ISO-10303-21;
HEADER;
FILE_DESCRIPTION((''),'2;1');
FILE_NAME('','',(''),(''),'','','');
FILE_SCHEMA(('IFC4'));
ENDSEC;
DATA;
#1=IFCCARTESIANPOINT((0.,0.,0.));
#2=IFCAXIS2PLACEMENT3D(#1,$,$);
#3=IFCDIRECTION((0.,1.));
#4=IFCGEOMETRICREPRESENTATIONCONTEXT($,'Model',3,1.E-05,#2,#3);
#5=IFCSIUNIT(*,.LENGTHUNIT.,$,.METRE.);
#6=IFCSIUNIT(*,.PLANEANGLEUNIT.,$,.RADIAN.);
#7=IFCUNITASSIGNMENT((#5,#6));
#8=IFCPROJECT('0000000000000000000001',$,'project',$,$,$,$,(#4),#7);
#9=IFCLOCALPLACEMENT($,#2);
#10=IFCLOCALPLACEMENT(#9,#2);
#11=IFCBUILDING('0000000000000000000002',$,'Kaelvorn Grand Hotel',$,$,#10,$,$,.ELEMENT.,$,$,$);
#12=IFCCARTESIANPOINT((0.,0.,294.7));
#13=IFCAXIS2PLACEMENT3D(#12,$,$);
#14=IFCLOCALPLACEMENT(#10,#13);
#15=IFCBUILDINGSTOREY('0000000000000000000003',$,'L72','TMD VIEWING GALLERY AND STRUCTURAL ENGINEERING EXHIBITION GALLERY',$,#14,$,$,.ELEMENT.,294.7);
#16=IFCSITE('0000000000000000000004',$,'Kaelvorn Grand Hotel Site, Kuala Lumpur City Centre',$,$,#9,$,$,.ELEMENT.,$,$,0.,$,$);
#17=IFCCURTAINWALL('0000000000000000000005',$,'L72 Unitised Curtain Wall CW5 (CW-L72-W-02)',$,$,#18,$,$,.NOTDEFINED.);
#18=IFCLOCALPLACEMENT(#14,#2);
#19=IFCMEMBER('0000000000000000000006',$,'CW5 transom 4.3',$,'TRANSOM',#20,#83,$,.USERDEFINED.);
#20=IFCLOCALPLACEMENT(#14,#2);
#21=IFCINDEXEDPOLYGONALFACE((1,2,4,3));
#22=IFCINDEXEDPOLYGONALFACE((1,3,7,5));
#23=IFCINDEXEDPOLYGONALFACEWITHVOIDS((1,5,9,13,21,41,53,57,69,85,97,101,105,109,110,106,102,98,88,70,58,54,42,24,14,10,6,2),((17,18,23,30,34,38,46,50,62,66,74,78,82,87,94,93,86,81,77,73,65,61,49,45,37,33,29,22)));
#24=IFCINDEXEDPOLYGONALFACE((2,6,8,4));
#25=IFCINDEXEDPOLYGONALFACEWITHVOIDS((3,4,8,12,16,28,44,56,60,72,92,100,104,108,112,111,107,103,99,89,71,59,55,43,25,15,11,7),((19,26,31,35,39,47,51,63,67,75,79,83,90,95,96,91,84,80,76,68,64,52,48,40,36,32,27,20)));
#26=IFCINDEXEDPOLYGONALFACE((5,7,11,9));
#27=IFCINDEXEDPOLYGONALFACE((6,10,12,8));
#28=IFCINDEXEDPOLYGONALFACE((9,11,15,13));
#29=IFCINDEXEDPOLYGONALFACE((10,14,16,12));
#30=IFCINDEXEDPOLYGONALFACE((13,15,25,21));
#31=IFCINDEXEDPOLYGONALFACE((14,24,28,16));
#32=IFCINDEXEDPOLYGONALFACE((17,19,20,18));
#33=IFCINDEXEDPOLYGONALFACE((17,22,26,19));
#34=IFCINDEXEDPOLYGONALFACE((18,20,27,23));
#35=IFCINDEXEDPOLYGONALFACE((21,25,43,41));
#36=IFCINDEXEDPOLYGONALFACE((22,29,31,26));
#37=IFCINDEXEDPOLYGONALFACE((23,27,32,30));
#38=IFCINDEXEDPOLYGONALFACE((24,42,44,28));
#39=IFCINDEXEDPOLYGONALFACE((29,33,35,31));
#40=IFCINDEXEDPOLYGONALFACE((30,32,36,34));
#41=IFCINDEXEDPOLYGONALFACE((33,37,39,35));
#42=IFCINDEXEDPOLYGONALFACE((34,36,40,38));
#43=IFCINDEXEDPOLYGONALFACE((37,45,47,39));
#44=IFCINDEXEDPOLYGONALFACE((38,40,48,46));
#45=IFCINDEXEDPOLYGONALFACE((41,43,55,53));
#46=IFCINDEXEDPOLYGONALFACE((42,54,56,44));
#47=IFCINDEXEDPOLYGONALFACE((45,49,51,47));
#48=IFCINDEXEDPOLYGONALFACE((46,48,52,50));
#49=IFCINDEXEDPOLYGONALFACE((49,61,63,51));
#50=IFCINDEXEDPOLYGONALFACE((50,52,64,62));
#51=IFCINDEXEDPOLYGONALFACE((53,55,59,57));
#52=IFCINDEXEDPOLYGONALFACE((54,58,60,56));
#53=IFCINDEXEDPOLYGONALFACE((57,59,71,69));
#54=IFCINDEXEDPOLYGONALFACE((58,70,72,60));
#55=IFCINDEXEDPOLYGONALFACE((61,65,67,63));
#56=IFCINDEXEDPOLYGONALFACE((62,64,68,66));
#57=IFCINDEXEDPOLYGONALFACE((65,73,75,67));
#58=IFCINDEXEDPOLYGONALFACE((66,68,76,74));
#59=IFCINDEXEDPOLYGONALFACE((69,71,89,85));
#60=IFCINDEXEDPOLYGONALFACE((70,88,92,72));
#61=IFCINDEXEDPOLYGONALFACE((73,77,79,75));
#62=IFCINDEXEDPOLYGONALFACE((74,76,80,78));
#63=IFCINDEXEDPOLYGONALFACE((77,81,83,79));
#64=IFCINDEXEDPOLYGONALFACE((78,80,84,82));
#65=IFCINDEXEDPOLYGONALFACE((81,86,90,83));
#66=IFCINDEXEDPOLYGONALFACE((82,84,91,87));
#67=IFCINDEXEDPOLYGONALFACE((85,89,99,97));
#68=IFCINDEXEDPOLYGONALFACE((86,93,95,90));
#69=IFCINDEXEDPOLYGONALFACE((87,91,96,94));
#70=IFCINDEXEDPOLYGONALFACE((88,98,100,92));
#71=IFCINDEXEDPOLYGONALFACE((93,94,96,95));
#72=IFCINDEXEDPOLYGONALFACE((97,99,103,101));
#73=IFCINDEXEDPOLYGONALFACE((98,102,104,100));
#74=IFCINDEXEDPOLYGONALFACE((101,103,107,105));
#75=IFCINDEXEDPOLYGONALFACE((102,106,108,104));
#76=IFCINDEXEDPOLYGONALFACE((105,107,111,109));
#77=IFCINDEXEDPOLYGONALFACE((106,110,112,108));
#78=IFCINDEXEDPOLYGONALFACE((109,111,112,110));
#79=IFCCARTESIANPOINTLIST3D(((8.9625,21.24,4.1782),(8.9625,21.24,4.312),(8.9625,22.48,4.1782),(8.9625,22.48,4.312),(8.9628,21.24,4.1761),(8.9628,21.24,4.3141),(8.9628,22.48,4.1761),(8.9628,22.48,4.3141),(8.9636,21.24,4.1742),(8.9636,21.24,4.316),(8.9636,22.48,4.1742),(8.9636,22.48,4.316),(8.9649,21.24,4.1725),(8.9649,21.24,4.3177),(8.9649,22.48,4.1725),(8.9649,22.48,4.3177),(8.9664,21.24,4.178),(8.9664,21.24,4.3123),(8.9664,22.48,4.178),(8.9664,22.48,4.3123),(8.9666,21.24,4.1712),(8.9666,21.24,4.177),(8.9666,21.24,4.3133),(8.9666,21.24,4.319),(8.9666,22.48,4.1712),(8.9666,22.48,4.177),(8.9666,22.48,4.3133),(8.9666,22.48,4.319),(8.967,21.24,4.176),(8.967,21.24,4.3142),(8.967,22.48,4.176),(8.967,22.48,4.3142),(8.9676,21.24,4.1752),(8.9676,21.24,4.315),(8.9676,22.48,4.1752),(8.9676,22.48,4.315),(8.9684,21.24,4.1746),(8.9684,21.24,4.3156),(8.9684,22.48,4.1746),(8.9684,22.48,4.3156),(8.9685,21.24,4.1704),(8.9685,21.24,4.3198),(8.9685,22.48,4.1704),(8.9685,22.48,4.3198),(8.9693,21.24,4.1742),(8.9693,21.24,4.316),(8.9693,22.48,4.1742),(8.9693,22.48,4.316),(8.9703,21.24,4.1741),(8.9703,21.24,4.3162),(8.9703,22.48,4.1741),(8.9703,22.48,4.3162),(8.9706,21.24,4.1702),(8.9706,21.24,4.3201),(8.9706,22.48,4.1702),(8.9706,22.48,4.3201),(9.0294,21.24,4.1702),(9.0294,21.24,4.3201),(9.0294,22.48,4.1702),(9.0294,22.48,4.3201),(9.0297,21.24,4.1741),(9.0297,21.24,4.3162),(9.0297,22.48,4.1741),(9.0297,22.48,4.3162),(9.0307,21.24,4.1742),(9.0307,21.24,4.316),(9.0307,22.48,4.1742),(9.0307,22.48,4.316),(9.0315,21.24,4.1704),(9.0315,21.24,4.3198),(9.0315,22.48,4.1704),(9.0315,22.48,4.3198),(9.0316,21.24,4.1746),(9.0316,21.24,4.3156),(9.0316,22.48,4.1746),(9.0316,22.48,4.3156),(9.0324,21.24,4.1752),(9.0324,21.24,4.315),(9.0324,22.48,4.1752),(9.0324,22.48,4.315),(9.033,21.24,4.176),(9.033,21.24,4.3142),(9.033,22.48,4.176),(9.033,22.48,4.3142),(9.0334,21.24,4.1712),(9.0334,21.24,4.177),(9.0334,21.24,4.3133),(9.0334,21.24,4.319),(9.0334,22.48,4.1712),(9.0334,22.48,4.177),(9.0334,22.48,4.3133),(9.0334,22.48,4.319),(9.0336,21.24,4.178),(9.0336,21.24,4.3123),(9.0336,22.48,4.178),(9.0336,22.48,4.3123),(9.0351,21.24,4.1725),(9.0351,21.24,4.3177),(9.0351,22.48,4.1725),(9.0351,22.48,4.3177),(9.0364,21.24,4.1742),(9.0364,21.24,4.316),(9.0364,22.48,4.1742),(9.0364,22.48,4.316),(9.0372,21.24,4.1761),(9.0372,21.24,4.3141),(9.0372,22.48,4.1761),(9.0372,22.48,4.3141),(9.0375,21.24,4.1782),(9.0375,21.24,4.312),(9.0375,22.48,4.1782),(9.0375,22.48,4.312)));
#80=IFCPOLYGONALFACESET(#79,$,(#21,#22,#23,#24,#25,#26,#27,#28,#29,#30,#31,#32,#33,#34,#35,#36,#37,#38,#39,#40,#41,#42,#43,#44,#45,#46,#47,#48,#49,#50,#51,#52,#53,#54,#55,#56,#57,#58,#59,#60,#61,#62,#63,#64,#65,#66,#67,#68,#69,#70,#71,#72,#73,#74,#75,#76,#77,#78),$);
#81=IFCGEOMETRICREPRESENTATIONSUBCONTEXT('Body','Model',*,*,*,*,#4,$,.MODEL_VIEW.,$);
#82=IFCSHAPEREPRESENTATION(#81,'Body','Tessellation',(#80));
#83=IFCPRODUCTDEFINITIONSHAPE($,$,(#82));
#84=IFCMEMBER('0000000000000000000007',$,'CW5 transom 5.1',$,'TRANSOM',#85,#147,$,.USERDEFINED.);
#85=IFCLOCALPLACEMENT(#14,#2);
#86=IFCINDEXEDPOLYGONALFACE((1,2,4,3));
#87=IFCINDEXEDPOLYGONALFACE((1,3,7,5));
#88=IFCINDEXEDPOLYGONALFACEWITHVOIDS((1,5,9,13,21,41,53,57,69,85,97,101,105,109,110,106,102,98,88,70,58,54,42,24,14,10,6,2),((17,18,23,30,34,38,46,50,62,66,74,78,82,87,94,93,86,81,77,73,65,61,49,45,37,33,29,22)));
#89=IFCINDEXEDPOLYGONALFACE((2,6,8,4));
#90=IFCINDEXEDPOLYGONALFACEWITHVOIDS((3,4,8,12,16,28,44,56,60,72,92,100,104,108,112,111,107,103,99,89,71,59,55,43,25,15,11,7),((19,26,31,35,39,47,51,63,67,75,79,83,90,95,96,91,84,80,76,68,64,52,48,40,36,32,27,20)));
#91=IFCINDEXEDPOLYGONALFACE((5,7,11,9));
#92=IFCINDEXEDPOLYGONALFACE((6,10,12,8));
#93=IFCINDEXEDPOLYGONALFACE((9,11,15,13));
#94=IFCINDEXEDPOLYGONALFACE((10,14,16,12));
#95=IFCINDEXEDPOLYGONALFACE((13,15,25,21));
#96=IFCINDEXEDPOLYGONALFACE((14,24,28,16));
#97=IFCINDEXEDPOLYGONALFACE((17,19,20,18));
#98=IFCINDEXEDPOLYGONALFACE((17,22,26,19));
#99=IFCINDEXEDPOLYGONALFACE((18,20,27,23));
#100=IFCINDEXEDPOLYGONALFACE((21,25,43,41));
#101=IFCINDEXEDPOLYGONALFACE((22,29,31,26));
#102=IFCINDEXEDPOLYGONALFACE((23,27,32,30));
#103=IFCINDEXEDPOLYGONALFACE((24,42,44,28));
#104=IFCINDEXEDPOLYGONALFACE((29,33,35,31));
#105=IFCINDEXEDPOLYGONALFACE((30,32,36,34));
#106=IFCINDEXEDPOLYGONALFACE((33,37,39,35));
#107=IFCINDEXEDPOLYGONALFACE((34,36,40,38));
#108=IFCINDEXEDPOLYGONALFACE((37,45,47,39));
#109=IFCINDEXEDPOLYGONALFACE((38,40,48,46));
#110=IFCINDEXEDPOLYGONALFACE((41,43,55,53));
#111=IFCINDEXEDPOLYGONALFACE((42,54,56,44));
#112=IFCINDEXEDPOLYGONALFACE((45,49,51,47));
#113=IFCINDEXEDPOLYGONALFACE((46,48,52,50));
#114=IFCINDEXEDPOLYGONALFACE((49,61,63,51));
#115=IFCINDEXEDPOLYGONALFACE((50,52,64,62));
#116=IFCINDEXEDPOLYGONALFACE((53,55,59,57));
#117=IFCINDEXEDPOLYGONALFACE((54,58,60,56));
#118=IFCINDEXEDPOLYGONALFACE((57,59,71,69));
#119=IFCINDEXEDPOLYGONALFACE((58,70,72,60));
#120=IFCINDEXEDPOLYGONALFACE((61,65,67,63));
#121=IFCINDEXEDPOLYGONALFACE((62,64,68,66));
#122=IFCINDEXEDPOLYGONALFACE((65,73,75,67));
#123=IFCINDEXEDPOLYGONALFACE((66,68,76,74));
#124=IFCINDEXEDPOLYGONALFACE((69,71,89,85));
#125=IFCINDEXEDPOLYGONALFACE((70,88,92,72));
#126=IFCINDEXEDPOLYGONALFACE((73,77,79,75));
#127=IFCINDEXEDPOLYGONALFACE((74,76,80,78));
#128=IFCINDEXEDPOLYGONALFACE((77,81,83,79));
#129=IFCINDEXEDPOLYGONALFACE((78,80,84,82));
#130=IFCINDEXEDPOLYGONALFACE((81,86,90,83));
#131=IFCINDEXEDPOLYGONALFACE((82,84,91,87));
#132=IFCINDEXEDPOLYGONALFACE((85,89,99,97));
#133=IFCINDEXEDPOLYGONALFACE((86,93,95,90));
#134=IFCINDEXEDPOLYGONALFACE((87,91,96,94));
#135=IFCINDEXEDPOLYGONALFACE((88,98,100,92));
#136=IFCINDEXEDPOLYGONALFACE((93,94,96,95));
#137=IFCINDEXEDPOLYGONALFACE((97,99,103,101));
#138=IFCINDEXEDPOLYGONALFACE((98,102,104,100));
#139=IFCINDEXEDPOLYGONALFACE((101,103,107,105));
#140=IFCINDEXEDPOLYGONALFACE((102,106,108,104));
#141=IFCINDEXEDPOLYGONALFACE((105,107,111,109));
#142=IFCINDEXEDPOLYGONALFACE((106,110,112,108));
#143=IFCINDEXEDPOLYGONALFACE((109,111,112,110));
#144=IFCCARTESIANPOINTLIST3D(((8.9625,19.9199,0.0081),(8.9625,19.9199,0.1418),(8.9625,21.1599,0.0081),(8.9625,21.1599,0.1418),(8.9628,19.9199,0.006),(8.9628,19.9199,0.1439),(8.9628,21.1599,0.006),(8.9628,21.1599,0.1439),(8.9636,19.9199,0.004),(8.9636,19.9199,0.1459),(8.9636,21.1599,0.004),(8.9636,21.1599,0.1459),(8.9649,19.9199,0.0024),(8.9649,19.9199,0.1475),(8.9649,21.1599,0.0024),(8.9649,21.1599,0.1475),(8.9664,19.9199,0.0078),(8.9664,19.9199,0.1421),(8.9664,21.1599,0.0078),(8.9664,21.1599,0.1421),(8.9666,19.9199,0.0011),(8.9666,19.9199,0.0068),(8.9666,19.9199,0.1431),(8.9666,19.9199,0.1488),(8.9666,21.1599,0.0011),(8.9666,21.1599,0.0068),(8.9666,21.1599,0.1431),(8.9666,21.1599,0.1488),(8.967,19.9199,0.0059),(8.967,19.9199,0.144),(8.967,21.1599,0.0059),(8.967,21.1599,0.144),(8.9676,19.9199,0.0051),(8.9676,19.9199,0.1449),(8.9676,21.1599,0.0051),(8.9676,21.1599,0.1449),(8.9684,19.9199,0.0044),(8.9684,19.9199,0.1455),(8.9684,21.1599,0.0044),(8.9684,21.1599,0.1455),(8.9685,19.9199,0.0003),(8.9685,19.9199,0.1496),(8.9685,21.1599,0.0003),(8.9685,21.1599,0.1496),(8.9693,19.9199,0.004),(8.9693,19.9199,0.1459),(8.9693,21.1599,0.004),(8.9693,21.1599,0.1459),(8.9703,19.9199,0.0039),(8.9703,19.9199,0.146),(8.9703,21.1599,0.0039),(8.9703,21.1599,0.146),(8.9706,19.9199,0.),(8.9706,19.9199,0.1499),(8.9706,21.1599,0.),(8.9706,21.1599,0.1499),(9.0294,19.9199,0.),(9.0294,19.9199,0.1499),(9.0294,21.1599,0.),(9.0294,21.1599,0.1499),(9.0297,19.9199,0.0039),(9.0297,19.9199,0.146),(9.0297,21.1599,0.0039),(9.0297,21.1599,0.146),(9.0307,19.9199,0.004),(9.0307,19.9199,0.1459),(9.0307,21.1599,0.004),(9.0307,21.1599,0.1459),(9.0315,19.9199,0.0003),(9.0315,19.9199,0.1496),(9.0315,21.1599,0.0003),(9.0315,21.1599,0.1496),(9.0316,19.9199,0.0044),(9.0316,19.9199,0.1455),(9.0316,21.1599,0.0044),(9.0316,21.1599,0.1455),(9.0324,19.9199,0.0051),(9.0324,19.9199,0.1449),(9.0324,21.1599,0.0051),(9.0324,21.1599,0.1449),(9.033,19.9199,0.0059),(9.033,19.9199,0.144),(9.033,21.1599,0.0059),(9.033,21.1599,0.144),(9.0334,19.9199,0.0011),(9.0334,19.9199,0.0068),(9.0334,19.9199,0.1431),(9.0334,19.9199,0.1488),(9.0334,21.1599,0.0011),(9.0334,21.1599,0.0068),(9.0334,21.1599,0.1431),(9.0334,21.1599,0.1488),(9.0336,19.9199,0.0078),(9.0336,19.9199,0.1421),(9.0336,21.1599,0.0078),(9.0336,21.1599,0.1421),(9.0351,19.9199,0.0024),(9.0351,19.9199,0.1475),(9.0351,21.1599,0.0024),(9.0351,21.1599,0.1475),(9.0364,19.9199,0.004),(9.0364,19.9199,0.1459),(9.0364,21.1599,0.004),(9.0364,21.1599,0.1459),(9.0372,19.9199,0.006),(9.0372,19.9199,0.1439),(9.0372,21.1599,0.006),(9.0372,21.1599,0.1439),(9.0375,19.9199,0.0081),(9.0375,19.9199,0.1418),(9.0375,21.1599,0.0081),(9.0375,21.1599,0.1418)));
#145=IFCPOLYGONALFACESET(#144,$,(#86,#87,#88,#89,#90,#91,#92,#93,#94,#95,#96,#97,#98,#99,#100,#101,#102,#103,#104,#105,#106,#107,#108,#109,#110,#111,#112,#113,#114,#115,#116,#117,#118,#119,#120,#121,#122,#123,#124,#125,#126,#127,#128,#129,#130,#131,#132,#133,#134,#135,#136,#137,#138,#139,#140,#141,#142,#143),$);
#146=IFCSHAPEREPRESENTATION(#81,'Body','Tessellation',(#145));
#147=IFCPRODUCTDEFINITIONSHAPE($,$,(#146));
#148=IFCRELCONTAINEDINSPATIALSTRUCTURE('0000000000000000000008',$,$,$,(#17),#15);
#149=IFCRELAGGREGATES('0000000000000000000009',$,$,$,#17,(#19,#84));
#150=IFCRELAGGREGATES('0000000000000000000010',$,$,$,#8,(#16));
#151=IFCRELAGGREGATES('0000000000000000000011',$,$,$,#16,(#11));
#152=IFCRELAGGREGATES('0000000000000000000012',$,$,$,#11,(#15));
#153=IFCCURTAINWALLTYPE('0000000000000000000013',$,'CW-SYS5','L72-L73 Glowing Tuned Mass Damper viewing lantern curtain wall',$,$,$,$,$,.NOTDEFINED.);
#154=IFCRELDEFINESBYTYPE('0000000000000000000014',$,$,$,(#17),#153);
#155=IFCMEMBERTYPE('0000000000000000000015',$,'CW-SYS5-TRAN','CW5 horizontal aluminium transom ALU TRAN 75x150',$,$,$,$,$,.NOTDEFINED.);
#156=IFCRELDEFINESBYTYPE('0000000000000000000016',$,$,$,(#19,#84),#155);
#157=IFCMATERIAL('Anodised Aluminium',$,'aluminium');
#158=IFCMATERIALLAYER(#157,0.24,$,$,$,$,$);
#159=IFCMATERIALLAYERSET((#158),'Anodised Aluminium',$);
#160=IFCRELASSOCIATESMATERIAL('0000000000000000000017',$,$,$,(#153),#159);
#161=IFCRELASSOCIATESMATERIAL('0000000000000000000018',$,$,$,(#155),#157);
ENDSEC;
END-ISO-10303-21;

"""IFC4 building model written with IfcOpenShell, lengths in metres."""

from ifc_helpers import new_model, si_unit, direction, frame, origin, origin_2d, place, context, subcontext, project, spatial, hollow_rectangle, extrude, material, layer, layer_set, material_profile, profile_set, type_object, element, aggregate, save


model = new_model("IFC4")

# Units and contexts
model_context = context("Model", 3, precision=1e-05, world=origin(), true_north=direction((0.0, 1.0)))
body_context = subcontext(model_context, "Body", "Model", "MODEL_VIEW")
ifc_project = project(units=[si_unit("LENGTHUNIT", "METRE"), si_unit("PLANEANGLEUNIT", "RADIAN")], contexts=[model_context])

# Site, building, storey
site_placement = place(None, origin())
site = spatial("IfcSite", under=ifc_project, at=site_placement, Name="Kaelvorn Grand Hotel Site, Kuala Lumpur City Centre", CompositionType="ELEMENT", RefElevation=0.0)
building_placement = place(site_placement, origin())
building = spatial("IfcBuilding", under=site, at=building_placement, Name="Kaelvorn Grand Hotel", CompositionType="ELEMENT")
storey_placement = place(building_placement, frame((0.0, 0.0, 294.7)))
storey = spatial("IfcBuildingStorey", under=building, at=storey_placement, Name="L72", Description="TMD VIEWING GALLERY AND STRUCTURAL ENGINEERING EXHIBITION GALLERY", CompositionType="ELEMENT", Elevation=294.7)

# Curtain wall, members
ifc_material_1 = material(Name="Anodised Aluminium", Category="aluminium")
ifc_layer_1 = layer(ifc_material_1, 0.24)
ifc_layer_set_1 = layer_set([ifc_layer_1], Name="Anodised Aluminium")
curtain_wall_type = type_object("IfcCurtainWallType", Name="CW-SYS5", Description="L72-L73 Glowing Tuned Mass Damper viewing lantern curtain wall", PredefinedType="NOTDEFINED", material=ifc_layer_set_1)
curtain_wall_placement = place(storey_placement, origin())
curtain_wall = element("IfcCurtainWall", 1, at=curtain_wall_placement, inside=storey, type_object=curtain_wall_type, Name="L72 Unitised Curtain Wall CW5 (CW-L72-W-02)", PredefinedType="NOTDEFINED")
ifc_material_profile_1 = material_profile(ifc_material_1, hollow_rectangle(XDim=0.075, YDim=0.1499, WallThickness=0.0039, InnerFilletRadius=0.0039, OuterFilletRadius=0.0081, at=origin_2d()), Name="ALU TRAN 75x150")
ifc_profile_set_1 = profile_set([ifc_material_profile_1], Name="Anodised Aluminium")
member_type_1 = type_object("IfcMemberType", Name="CW-SYS5-TRAN", Description="CW5 horizontal aluminium transom ALU TRAN 75x150", PredefinedType="NOTDEFINED", material=ifc_profile_set_1)
member_1_placement = place(storey_placement, frame((9.0, 22.48, 4.2451), z_axis=(0.0, -1.0, 0.0), x_axis=(1.0, 0.0, 0.0)))
member_1 = element("IfcMember", 2, at=member_1_placement, type_object=member_type_1, Name="CW5 transom 4.3", ObjectType="TRANSOM", PredefinedType="USERDEFINED", context=body_context, shape_type="SweptSolid", body=[
    extrude(hollow_rectangle(XDim=0.075, YDim=0.1499, WallThickness=0.0039, InnerFilletRadius=0.0039, OuterFilletRadius=0.0081, at=origin_2d()), origin(), (0.0, 0.0, 1.0), 1.24),
])
member_2_placement = place(storey_placement, frame((9.0, 21.1599, 0.075), z_axis=(0.0, -1.0, 0.0), x_axis=(1.0, 0.0, 0.0)))
member_2 = element("IfcMember", 3, at=member_2_placement, type_object=member_type_1, Name="CW5 transom 5.1", ObjectType="TRANSOM", PredefinedType="USERDEFINED", context=body_context, shape_type="SweptSolid", body=[
    extrude(hollow_rectangle(XDim=0.075, YDim=0.1499, WallThickness=0.0039, InnerFilletRadius=0.0039, OuterFilletRadius=0.0081, at=origin_2d()), origin(), (0.0, 0.0, 1.0), 1.24),
])
aggregate(curtain_wall, [member_1, member_2])

save(model, "model.ifc")
